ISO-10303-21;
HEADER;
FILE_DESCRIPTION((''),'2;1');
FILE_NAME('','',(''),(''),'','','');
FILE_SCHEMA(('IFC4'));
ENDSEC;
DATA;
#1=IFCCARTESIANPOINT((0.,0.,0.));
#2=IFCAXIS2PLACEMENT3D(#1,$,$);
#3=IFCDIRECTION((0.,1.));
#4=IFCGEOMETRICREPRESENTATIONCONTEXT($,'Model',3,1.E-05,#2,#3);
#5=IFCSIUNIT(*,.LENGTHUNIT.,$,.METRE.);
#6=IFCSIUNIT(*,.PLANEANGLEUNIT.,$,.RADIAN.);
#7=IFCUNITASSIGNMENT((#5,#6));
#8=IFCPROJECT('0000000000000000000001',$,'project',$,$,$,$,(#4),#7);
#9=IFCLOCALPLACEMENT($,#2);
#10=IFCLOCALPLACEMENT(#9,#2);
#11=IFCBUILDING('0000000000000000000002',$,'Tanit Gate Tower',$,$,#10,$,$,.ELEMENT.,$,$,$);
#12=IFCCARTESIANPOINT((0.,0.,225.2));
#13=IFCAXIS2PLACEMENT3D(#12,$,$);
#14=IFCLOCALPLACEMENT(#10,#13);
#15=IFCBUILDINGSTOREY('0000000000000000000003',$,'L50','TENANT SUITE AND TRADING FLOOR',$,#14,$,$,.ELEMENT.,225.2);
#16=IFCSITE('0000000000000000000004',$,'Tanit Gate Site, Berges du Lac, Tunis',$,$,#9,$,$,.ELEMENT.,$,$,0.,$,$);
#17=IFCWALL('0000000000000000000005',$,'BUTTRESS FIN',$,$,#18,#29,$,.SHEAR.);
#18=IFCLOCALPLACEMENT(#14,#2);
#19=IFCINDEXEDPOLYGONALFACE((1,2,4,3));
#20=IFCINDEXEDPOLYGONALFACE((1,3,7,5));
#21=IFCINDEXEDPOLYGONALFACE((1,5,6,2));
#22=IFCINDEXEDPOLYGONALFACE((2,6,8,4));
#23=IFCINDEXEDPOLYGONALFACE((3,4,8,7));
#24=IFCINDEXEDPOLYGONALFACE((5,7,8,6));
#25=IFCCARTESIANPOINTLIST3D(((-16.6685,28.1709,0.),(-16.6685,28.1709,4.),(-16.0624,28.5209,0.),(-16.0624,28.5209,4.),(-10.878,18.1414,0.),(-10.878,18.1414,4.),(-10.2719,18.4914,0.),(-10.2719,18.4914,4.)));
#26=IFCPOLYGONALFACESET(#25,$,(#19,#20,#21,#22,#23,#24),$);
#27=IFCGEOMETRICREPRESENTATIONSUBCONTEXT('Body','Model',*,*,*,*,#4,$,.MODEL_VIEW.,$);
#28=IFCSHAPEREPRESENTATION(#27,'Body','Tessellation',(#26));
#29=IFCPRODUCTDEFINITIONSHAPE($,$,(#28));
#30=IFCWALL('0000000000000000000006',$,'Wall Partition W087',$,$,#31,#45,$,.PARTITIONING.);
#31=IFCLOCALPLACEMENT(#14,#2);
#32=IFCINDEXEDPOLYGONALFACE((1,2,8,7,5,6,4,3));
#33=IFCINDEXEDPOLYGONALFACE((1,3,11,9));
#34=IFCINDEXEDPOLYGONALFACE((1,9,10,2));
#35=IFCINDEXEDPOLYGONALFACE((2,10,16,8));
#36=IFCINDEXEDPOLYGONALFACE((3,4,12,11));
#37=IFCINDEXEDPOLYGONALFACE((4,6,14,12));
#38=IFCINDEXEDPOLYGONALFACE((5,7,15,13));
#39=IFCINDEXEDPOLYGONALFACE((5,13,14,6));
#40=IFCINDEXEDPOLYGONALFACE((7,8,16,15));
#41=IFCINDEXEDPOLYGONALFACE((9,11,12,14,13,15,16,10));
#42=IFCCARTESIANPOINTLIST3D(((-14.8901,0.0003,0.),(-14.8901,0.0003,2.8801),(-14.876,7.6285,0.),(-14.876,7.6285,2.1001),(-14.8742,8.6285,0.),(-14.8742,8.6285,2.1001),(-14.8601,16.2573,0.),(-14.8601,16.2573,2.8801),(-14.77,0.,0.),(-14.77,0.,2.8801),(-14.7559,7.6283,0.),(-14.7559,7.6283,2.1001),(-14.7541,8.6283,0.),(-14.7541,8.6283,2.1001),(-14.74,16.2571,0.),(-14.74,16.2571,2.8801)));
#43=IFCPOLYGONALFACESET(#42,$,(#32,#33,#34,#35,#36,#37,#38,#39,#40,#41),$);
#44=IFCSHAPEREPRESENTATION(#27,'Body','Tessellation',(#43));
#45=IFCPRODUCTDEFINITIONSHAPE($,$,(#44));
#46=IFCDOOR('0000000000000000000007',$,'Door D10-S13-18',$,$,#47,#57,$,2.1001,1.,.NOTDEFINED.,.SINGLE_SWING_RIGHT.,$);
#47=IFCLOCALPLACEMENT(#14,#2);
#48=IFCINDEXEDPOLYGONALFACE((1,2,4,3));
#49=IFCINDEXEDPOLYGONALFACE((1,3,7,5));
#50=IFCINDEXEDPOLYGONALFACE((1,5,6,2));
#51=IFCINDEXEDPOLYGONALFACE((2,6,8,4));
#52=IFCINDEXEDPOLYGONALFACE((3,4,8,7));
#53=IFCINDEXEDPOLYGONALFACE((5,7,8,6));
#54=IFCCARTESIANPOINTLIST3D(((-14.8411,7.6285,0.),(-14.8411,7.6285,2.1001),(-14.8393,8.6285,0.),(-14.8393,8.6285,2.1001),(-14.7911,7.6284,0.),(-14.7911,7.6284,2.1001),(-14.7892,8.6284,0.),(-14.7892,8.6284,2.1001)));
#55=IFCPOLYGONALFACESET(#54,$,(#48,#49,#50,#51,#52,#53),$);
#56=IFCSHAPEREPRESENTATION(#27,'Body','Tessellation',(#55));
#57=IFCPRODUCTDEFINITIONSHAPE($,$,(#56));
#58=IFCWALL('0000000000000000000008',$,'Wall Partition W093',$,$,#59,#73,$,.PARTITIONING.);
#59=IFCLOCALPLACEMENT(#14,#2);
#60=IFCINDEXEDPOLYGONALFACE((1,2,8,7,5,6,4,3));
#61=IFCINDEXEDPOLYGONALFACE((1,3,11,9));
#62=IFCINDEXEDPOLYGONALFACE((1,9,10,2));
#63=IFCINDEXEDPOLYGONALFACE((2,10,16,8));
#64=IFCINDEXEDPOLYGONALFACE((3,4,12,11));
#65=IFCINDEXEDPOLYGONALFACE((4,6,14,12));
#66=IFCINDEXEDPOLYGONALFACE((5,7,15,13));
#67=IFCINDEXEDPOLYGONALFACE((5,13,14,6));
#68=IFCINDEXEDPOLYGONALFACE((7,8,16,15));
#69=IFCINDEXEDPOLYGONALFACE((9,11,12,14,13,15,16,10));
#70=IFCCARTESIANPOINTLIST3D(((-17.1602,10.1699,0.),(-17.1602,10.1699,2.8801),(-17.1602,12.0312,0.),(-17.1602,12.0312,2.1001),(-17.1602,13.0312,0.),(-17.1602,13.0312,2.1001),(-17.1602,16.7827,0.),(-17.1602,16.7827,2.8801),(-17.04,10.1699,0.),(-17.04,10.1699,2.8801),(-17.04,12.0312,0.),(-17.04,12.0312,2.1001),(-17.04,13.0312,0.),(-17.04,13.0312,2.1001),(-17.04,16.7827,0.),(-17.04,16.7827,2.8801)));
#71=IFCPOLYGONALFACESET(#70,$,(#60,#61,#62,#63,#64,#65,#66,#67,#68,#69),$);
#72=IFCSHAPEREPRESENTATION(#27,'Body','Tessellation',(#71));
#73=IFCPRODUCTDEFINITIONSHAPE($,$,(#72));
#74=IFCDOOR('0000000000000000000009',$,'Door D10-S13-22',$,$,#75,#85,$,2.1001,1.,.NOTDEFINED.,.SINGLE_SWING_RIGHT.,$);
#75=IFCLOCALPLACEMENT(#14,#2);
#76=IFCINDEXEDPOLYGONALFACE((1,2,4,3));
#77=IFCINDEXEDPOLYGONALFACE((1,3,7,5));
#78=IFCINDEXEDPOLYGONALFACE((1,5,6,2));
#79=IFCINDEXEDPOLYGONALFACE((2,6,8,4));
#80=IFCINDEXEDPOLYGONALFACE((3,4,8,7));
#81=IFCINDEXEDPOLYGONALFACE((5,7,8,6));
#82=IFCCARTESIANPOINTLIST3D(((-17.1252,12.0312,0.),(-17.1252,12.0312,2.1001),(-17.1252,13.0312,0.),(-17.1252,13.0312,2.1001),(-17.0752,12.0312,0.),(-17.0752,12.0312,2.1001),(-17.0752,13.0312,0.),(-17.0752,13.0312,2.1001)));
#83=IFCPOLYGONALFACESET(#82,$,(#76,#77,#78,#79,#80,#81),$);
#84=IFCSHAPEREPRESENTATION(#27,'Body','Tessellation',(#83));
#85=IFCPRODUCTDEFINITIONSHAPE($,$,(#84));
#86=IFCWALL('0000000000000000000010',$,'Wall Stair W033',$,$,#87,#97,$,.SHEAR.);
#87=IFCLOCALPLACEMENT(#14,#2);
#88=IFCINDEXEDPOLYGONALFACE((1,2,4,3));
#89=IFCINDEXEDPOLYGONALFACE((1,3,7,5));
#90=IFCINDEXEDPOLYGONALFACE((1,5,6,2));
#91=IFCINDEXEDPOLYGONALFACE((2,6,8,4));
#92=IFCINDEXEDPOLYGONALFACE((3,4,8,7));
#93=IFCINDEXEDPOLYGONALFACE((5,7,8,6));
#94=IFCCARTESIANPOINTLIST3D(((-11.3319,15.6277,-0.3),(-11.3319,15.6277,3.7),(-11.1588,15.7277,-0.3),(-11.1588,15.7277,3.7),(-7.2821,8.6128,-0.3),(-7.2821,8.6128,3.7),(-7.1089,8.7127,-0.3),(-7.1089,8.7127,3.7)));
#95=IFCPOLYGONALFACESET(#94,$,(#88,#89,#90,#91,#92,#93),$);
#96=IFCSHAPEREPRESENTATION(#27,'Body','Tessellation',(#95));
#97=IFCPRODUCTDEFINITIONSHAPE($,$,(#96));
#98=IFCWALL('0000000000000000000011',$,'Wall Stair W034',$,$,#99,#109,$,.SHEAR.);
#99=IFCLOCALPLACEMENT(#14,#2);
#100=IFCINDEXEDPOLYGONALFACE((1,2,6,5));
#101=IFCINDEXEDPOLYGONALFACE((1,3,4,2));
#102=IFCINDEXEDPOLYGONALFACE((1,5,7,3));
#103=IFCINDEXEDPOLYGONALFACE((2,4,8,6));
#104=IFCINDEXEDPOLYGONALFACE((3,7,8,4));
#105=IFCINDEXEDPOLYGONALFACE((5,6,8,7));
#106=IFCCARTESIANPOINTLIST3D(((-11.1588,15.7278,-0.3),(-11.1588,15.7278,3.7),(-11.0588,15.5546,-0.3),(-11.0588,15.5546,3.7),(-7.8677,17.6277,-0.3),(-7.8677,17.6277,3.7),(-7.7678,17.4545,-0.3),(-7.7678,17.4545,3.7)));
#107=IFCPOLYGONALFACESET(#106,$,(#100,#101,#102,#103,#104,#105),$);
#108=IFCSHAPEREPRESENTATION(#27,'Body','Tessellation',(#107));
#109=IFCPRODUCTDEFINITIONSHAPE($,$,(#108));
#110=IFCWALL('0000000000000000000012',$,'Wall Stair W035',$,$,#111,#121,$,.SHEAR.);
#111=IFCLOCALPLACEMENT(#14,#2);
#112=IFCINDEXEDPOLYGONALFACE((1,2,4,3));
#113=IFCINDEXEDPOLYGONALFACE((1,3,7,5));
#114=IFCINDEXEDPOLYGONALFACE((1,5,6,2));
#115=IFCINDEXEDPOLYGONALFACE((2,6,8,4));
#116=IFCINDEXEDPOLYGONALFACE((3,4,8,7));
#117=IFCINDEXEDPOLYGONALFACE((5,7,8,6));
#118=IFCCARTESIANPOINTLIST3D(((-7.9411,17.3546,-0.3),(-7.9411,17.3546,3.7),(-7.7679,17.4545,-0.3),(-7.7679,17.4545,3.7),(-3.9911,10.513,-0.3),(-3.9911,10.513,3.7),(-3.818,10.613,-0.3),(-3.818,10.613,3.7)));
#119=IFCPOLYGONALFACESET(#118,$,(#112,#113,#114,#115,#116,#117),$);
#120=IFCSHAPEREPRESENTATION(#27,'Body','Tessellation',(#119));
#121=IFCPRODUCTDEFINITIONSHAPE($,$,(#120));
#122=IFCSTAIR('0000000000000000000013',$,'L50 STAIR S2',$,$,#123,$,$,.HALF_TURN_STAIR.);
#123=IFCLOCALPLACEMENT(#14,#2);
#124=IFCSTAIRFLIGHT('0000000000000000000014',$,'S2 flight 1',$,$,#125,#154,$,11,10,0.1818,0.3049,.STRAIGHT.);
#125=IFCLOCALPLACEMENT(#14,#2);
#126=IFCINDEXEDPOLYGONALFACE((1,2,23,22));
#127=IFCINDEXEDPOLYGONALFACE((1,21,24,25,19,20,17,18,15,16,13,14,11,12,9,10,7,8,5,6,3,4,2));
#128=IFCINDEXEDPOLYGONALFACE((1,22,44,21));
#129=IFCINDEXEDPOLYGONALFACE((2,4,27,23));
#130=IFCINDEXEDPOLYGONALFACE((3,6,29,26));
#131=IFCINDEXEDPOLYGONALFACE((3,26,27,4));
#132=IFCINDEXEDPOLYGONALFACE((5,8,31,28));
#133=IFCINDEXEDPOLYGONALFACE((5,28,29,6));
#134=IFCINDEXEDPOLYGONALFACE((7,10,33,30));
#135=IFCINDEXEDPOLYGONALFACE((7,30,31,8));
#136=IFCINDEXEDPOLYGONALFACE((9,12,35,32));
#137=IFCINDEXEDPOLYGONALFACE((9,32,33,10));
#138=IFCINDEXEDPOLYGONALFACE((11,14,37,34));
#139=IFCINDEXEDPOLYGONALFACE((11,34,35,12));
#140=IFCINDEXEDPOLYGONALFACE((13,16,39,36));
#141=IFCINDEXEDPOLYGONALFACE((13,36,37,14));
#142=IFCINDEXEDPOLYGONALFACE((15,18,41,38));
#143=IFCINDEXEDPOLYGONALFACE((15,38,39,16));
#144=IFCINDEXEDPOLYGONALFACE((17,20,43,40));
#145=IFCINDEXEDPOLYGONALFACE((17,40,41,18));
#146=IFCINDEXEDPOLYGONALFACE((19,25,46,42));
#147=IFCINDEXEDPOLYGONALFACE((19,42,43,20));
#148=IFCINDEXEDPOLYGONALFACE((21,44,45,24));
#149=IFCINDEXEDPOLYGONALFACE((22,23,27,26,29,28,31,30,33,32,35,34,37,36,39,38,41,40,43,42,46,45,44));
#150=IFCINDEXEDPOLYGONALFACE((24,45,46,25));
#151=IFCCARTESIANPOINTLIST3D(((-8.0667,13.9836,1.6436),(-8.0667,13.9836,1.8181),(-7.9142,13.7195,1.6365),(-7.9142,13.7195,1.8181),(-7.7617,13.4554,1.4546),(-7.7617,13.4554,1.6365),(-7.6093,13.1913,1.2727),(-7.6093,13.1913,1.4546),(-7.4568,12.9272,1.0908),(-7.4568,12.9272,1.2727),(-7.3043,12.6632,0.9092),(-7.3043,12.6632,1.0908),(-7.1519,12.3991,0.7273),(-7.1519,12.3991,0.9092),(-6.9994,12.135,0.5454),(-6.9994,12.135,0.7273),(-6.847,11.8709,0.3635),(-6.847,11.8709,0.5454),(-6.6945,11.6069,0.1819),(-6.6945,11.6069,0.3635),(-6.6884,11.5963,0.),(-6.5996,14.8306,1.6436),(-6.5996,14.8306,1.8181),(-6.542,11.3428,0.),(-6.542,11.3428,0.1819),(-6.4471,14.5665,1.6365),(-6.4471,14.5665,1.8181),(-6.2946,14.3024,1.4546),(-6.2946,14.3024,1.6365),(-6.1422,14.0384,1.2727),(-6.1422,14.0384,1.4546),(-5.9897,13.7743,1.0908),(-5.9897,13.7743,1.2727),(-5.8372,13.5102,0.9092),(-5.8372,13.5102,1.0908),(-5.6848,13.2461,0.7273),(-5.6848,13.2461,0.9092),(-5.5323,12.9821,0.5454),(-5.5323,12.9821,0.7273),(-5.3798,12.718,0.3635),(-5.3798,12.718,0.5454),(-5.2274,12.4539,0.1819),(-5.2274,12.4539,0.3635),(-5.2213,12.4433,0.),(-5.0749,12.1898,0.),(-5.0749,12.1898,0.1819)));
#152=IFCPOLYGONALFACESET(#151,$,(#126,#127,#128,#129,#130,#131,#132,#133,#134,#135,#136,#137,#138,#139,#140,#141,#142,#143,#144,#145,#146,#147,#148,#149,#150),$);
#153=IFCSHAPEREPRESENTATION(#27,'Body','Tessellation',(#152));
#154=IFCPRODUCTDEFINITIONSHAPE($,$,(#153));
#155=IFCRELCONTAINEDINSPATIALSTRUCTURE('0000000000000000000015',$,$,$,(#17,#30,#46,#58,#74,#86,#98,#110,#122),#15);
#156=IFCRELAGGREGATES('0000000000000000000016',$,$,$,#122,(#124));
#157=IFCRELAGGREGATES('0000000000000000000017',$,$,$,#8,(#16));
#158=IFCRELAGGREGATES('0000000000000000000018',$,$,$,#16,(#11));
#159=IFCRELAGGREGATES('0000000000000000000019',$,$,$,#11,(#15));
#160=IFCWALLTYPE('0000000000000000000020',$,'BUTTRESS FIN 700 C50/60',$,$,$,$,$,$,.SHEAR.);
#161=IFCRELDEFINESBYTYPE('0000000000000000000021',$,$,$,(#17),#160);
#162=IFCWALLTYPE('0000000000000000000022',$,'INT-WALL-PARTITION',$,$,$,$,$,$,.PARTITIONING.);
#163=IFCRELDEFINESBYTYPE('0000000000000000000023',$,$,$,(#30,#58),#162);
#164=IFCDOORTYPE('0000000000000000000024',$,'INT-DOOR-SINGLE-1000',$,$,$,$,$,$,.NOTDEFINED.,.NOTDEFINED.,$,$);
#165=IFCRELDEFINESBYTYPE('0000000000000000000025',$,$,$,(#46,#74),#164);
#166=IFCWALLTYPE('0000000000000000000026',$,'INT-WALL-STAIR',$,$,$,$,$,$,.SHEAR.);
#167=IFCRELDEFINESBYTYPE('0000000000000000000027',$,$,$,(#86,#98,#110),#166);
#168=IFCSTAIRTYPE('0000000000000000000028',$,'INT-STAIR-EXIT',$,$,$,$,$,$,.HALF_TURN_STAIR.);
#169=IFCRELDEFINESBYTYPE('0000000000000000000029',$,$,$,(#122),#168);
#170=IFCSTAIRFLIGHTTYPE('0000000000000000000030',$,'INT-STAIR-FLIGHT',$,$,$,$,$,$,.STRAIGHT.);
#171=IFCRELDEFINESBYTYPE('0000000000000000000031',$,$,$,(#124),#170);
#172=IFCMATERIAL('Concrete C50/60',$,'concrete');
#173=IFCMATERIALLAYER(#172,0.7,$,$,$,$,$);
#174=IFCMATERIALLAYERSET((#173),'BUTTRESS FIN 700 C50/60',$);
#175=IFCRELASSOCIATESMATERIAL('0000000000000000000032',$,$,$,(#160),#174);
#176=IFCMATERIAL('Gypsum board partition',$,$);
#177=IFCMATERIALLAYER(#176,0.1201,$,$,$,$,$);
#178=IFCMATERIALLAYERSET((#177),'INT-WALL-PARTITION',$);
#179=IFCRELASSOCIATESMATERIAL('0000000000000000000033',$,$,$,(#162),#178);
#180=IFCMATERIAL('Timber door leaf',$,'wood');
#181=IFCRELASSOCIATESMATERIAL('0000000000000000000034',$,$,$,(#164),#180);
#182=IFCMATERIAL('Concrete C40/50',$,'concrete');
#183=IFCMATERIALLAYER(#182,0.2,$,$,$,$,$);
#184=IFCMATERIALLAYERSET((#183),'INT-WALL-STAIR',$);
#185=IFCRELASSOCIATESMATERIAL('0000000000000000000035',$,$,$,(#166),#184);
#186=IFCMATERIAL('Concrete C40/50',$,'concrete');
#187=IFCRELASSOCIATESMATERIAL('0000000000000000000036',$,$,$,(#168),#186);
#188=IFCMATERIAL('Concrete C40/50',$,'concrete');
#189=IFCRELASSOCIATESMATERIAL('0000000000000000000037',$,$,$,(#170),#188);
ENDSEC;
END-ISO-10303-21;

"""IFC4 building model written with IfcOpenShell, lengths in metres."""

from ifc_helpers import new_model, si_unit, direction, frame, frame_2d, origin, place, context, subcontext, project, spatial, polyline, rectangle, outline, extrude, material, layer, layer_set, type_object, element, fill, aggregate, save


model = new_model("IFC4")

# Units and contexts
model_context = context("Model", 3, precision=1e-05, world=origin(), true_north=direction((0.0, 1.0)))
body_context = subcontext(model_context, "Body", "Model", "MODEL_VIEW")
ifc_project = project(units=[si_unit("LENGTHUNIT", "METRE"), si_unit("PLANEANGLEUNIT", "RADIAN")], contexts=[model_context])

# Site, building, storey
site_placement = place(None, origin())
site = spatial("IfcSite", under=ifc_project, at=site_placement, Name="Tanit Gate Site, Berges du Lac, Tunis", CompositionType="ELEMENT", RefElevation=0.0)
building_placement = place(site_placement, origin())
building = spatial("IfcBuilding", under=site, at=building_placement, Name="Tanit Gate Tower", CompositionType="ELEMENT")
storey_placement = place(building_placement, frame((0.0, 0.0, 225.2)))
storey = spatial("IfcBuildingStorey", under=building, at=storey_placement, Name="L50", Description="TENANT SUITE AND TRADING FLOOR", CompositionType="ELEMENT", Elevation=225.2)

# Wall
ifc_material_1 = material(Name="Concrete C50/60", Category="concrete")
ifc_layer_1 = layer(ifc_material_1, 0.7)
ifc_layer_set_1 = layer_set([ifc_layer_1], Name="BUTTRESS FIN 700 C50/60")
wall_type_1 = type_object("IfcWallType", Name="BUTTRESS FIN 700 C50/60", PredefinedType="SHEAR", material=ifc_layer_set_1)
wall_1_placement = place(storey_placement, frame((-10.575, 18.3164, 0.0), z_axis=(0.0, 0.0, 1.0), x_axis=(-0.499998, 0.866027, 0.0)))
element("IfcWall", 1, at=wall_1_placement, inside=storey, type_object=wall_type_1, Name="BUTTRESS FIN", PredefinedType="SHEAR", context=body_context, shape_type="SweptSolid", body=[
    extrude(rectangle(XDim=11.5811, YDim=0.7, at=frame_2d((5.7905, 0.0))), origin(), (0.0, 0.0, 1.0), 4.0),
])

# Walls, openings, doors
ifc_material_2 = material(Name="Gypsum board partition")
ifc_layer_2 = layer(ifc_material_2, 0.1201)
ifc_layer_set_2 = layer_set([ifc_layer_2], Name="INT-WALL-PARTITION")
wall_type_2 = type_object("IfcWallType", Name="INT-WALL-PARTITION", PredefinedType="PARTITIONING", material=ifc_layer_set_2)
wall_2_placement = place(storey_placement, frame((-14.8, 16.2571, 0.0), z_axis=(0.0, 0.0, 1.0), x_axis=(-0.001847, -0.999998, 0.0)))
wall_2 = element("IfcWall", 2, at=wall_2_placement, inside=storey, type_object=wall_type_2, Name="Wall Partition W087", PredefinedType="PARTITIONING", context=body_context, shape_type="SweptSolid", body=[
    extrude(rectangle(XDim=16.2571, YDim=0.1201, at=frame_2d((8.1284, 0.0))), origin(), (0.0, 0.0, 1.0), 2.8801),
])
opening_1_placement = place(wall_2_placement, frame((7.6287, 0.0, 0.0)))
opening_1 = element("IfcOpeningElement", 3, at=opening_1_placement, cuts=wall_2, PredefinedType="OPENING", context=body_context, shape_type="SweptSolid", body=[
    extrude(rectangle(XDim=1.0, YDim=2.1001, at=frame_2d((0.5, 1.05))), frame((0.0, 0.0701, 0.0), z_axis=(0.0, -1.0, 0.0), x_axis=(1.0, 0.0, 0.0)), (0.0, 0.0, 1.0), 0.1401),
])
ifc_material_3 = material(Name="Timber door leaf", Category="wood")
door_type_1 = type_object("IfcDoorType", Name="INT-DOOR-SINGLE-1000", OperationType="NOTDEFINED", PredefinedType="NOTDEFINED", material=ifc_material_3)
door_1_placement = place(opening_1_placement, origin())
door_1 = element("IfcDoor", 4, at=door_1_placement, inside=storey, type_object=door_type_1, Name="Door D10-S13-18", OperationType="SINGLE_SWING_RIGHT", OverallHeight=2.1001, OverallWidth=1.0, PredefinedType="NOTDEFINED", context=body_context, shape_type="SweptSolid", body=[
    extrude(rectangle(XDim=1.0, YDim=2.1001, at=frame_2d((0.5, 1.05))), frame((0.0, 0.0249, 0.0), z_axis=(0.0, -1.0, 0.0), x_axis=(1.0, 0.0, 0.0)), (0.0, 0.0, 1.0), 0.05),
])
fill(opening_1, door_1)
wall_3_placement = place(storey_placement, frame((-17.1001, 16.7827, 0.0), z_axis=(0.0, 0.0, 1.0), x_axis=(0.0, -1.0, 0.0)))
wall_3 = element("IfcWall", 5, at=wall_3_placement, inside=storey, type_object=wall_type_2, Name="Wall Partition W093", PredefinedType="PARTITIONING", context=body_context, shape_type="SweptSolid", body=[
    extrude(rectangle(XDim=6.6128, YDim=0.1201, at=frame_2d((3.3064, 0.0))), origin(), (0.0, 0.0, 1.0), 2.8801),
])
opening_2_placement = place(wall_3_placement, frame((3.7515, 0.0, 0.0)))
opening_2 = element("IfcOpeningElement", 6, at=opening_2_placement, cuts=wall_3, PredefinedType="OPENING", context=body_context, shape_type="SweptSolid", body=[
    extrude(rectangle(XDim=1.0, YDim=2.1001, at=frame_2d((0.5, 1.05))), frame((0.0, 0.0701, 0.0), z_axis=(0.0, -1.0, 0.0), x_axis=(1.0, 0.0, 0.0)), (0.0, 0.0, 1.0), 0.1401),
])
door_2_placement = place(opening_2_placement, origin())
door_2 = element("IfcDoor", 7, at=door_2_placement, inside=storey, type_object=door_type_1, Name="Door D10-S13-22", OperationType="SINGLE_SWING_RIGHT", OverallHeight=2.1001, OverallWidth=1.0, PredefinedType="NOTDEFINED", context=body_context, shape_type="SweptSolid", body=[
    extrude(rectangle(XDim=1.0, YDim=2.1001, at=frame_2d((0.5, 1.05))), frame((0.0, 0.0249, 0.0), z_axis=(0.0, -1.0, 0.0), x_axis=(1.0, 0.0, 0.0)), (0.0, 0.0, 1.0), 0.05),
])
fill(opening_2, door_2)

# Walls
ifc_material_4 = material(Name="Concrete C40/50", Category="concrete")
ifc_layer_3 = layer(ifc_material_4, 0.2)
ifc_layer_set_3 = layer_set([ifc_layer_3], Name="INT-WALL-STAIR")
wall_type_3 = type_object("IfcWallType", Name="INT-WALL-STAIR", PredefinedType="SHEAR", material=ifc_layer_set_3)
wall_4_placement = place(storey_placement, frame((-11.2454, 15.6777, -0.3), z_axis=(0.0, 0.0, 1.0), x_axis=(0.499977, -0.866039, 0.0)))
element("IfcWall", 8, at=wall_4_placement, inside=storey, type_object=wall_type_3, Name="Wall Stair W033", PredefinedType="SHEAR", context=body_context, shape_type="SweptSolid", body=[
    extrude(rectangle(XDim=8.1001, YDim=0.2, at=frame_2d((4.05, 0.0))), origin(), (0.0, 0.0, 1.0), 4.0),
])
wall_5_placement = place(storey_placement, frame((-7.8179, 17.541, -0.3), z_axis=(0.0, 0.0, 1.0), x_axis=(-0.866044, -0.499967, 0.0)))
element("IfcWall", 9, at=wall_5_placement, inside=storey, type_object=wall_type_3, Name="Wall Stair W034", PredefinedType="SHEAR", context=body_context, shape_type="SweptSolid", body=[
    extrude(rectangle(XDim=3.8, YDim=0.2, at=frame_2d((1.8999, 0.0))), origin(), (0.0, 0.0, 1.0), 4.0),
])
wall_6_placement = place(storey_placement, frame((-7.8545, 17.4045, -0.3), z_axis=(0.0, 0.0, 1.0), x_axis=(0.499998, -0.866027, 0.0)))
element("IfcWall", 10, at=wall_6_placement, inside=storey, type_object=wall_type_3, Name="Wall Stair W035", PredefinedType="SHEAR", context=body_context, shape_type="SweptSolid", body=[
    extrude(rectangle(XDim=7.8999, YDim=0.2, at=frame_2d((3.95, 0.0))), origin(), (0.0, 0.0, 1.0), 4.0),
])

# Stair, stair flight
ifc_material_5 = material(Name="Concrete C40/50", Category="concrete")
stair_type = type_object("IfcStairType", Name="INT-STAIR-EXIT", PredefinedType="HALF_TURN_STAIR", material=ifc_material_5)
stair_placement = place(storey_placement, origin())
stair = element("IfcStair", 11, at=stair_placement, inside=storey, type_object=stair_type, Name="L50 STAIR S2", PredefinedType="HALF_TURN_STAIR")
ifc_material_6 = material(Name="Concrete C40/50", Category="concrete")
stair_flight_type = type_object("IfcStairFlightType", Name="INT-STAIR-FLIGHT", PredefinedType="STRAIGHT", material=ifc_material_6)
stair_flight_1_placement = place(storey_placement, frame((-5.8083, 11.7664, 0.0), z_axis=(0.0, 0.0, 1.0), x_axis=(-0.5, 0.866025, 0.0)))
stair_flight_1 = element("IfcStairFlight", 12, at=stair_flight_1_placement, type_object=stair_flight_type, Name="S2 flight 1", NumberOfRisers=11, NumberOfTreads=10, PredefinedType="STRAIGHT", RiserHeight=0.1818, TreadLength=0.3049, context=body_context, shape_type="SweptSolid", body=[
    extrude(outline(polyline([(0.0, 0.0), (0.0, 0.1819), (0.3049, 0.1819), (0.3049, 0.3635), (0.6099, 0.3635), (0.6099, 0.5454), (0.9148, 0.5454), (0.9148, 0.7273), (1.2197, 0.7273), (1.2197, 0.9092), (1.5247, 0.9092), (1.5247, 1.0908), (1.8296, 1.0908), (1.8296, 1.2727), (2.1345, 1.2727), (2.1345, 1.4546), (2.4395, 1.4546), (2.4395, 1.6365), (2.7444, 1.6365), (2.7444, 1.8181), (3.0493, 1.8181), (3.0493, 2.0), (3.0493, 1.6436), (0.2927, 0.0), (0.0, 0.0)])), frame((0.0, 0.8472, 0.0), z_axis=(0.0, -1.0, 0.0), x_axis=(1.0, 0.0, 0.0)), (0.0, 0.0, 1.0), 1.6941),
])
aggregate(stair, [stair_flight_1])

save(model, "model.ifc")
